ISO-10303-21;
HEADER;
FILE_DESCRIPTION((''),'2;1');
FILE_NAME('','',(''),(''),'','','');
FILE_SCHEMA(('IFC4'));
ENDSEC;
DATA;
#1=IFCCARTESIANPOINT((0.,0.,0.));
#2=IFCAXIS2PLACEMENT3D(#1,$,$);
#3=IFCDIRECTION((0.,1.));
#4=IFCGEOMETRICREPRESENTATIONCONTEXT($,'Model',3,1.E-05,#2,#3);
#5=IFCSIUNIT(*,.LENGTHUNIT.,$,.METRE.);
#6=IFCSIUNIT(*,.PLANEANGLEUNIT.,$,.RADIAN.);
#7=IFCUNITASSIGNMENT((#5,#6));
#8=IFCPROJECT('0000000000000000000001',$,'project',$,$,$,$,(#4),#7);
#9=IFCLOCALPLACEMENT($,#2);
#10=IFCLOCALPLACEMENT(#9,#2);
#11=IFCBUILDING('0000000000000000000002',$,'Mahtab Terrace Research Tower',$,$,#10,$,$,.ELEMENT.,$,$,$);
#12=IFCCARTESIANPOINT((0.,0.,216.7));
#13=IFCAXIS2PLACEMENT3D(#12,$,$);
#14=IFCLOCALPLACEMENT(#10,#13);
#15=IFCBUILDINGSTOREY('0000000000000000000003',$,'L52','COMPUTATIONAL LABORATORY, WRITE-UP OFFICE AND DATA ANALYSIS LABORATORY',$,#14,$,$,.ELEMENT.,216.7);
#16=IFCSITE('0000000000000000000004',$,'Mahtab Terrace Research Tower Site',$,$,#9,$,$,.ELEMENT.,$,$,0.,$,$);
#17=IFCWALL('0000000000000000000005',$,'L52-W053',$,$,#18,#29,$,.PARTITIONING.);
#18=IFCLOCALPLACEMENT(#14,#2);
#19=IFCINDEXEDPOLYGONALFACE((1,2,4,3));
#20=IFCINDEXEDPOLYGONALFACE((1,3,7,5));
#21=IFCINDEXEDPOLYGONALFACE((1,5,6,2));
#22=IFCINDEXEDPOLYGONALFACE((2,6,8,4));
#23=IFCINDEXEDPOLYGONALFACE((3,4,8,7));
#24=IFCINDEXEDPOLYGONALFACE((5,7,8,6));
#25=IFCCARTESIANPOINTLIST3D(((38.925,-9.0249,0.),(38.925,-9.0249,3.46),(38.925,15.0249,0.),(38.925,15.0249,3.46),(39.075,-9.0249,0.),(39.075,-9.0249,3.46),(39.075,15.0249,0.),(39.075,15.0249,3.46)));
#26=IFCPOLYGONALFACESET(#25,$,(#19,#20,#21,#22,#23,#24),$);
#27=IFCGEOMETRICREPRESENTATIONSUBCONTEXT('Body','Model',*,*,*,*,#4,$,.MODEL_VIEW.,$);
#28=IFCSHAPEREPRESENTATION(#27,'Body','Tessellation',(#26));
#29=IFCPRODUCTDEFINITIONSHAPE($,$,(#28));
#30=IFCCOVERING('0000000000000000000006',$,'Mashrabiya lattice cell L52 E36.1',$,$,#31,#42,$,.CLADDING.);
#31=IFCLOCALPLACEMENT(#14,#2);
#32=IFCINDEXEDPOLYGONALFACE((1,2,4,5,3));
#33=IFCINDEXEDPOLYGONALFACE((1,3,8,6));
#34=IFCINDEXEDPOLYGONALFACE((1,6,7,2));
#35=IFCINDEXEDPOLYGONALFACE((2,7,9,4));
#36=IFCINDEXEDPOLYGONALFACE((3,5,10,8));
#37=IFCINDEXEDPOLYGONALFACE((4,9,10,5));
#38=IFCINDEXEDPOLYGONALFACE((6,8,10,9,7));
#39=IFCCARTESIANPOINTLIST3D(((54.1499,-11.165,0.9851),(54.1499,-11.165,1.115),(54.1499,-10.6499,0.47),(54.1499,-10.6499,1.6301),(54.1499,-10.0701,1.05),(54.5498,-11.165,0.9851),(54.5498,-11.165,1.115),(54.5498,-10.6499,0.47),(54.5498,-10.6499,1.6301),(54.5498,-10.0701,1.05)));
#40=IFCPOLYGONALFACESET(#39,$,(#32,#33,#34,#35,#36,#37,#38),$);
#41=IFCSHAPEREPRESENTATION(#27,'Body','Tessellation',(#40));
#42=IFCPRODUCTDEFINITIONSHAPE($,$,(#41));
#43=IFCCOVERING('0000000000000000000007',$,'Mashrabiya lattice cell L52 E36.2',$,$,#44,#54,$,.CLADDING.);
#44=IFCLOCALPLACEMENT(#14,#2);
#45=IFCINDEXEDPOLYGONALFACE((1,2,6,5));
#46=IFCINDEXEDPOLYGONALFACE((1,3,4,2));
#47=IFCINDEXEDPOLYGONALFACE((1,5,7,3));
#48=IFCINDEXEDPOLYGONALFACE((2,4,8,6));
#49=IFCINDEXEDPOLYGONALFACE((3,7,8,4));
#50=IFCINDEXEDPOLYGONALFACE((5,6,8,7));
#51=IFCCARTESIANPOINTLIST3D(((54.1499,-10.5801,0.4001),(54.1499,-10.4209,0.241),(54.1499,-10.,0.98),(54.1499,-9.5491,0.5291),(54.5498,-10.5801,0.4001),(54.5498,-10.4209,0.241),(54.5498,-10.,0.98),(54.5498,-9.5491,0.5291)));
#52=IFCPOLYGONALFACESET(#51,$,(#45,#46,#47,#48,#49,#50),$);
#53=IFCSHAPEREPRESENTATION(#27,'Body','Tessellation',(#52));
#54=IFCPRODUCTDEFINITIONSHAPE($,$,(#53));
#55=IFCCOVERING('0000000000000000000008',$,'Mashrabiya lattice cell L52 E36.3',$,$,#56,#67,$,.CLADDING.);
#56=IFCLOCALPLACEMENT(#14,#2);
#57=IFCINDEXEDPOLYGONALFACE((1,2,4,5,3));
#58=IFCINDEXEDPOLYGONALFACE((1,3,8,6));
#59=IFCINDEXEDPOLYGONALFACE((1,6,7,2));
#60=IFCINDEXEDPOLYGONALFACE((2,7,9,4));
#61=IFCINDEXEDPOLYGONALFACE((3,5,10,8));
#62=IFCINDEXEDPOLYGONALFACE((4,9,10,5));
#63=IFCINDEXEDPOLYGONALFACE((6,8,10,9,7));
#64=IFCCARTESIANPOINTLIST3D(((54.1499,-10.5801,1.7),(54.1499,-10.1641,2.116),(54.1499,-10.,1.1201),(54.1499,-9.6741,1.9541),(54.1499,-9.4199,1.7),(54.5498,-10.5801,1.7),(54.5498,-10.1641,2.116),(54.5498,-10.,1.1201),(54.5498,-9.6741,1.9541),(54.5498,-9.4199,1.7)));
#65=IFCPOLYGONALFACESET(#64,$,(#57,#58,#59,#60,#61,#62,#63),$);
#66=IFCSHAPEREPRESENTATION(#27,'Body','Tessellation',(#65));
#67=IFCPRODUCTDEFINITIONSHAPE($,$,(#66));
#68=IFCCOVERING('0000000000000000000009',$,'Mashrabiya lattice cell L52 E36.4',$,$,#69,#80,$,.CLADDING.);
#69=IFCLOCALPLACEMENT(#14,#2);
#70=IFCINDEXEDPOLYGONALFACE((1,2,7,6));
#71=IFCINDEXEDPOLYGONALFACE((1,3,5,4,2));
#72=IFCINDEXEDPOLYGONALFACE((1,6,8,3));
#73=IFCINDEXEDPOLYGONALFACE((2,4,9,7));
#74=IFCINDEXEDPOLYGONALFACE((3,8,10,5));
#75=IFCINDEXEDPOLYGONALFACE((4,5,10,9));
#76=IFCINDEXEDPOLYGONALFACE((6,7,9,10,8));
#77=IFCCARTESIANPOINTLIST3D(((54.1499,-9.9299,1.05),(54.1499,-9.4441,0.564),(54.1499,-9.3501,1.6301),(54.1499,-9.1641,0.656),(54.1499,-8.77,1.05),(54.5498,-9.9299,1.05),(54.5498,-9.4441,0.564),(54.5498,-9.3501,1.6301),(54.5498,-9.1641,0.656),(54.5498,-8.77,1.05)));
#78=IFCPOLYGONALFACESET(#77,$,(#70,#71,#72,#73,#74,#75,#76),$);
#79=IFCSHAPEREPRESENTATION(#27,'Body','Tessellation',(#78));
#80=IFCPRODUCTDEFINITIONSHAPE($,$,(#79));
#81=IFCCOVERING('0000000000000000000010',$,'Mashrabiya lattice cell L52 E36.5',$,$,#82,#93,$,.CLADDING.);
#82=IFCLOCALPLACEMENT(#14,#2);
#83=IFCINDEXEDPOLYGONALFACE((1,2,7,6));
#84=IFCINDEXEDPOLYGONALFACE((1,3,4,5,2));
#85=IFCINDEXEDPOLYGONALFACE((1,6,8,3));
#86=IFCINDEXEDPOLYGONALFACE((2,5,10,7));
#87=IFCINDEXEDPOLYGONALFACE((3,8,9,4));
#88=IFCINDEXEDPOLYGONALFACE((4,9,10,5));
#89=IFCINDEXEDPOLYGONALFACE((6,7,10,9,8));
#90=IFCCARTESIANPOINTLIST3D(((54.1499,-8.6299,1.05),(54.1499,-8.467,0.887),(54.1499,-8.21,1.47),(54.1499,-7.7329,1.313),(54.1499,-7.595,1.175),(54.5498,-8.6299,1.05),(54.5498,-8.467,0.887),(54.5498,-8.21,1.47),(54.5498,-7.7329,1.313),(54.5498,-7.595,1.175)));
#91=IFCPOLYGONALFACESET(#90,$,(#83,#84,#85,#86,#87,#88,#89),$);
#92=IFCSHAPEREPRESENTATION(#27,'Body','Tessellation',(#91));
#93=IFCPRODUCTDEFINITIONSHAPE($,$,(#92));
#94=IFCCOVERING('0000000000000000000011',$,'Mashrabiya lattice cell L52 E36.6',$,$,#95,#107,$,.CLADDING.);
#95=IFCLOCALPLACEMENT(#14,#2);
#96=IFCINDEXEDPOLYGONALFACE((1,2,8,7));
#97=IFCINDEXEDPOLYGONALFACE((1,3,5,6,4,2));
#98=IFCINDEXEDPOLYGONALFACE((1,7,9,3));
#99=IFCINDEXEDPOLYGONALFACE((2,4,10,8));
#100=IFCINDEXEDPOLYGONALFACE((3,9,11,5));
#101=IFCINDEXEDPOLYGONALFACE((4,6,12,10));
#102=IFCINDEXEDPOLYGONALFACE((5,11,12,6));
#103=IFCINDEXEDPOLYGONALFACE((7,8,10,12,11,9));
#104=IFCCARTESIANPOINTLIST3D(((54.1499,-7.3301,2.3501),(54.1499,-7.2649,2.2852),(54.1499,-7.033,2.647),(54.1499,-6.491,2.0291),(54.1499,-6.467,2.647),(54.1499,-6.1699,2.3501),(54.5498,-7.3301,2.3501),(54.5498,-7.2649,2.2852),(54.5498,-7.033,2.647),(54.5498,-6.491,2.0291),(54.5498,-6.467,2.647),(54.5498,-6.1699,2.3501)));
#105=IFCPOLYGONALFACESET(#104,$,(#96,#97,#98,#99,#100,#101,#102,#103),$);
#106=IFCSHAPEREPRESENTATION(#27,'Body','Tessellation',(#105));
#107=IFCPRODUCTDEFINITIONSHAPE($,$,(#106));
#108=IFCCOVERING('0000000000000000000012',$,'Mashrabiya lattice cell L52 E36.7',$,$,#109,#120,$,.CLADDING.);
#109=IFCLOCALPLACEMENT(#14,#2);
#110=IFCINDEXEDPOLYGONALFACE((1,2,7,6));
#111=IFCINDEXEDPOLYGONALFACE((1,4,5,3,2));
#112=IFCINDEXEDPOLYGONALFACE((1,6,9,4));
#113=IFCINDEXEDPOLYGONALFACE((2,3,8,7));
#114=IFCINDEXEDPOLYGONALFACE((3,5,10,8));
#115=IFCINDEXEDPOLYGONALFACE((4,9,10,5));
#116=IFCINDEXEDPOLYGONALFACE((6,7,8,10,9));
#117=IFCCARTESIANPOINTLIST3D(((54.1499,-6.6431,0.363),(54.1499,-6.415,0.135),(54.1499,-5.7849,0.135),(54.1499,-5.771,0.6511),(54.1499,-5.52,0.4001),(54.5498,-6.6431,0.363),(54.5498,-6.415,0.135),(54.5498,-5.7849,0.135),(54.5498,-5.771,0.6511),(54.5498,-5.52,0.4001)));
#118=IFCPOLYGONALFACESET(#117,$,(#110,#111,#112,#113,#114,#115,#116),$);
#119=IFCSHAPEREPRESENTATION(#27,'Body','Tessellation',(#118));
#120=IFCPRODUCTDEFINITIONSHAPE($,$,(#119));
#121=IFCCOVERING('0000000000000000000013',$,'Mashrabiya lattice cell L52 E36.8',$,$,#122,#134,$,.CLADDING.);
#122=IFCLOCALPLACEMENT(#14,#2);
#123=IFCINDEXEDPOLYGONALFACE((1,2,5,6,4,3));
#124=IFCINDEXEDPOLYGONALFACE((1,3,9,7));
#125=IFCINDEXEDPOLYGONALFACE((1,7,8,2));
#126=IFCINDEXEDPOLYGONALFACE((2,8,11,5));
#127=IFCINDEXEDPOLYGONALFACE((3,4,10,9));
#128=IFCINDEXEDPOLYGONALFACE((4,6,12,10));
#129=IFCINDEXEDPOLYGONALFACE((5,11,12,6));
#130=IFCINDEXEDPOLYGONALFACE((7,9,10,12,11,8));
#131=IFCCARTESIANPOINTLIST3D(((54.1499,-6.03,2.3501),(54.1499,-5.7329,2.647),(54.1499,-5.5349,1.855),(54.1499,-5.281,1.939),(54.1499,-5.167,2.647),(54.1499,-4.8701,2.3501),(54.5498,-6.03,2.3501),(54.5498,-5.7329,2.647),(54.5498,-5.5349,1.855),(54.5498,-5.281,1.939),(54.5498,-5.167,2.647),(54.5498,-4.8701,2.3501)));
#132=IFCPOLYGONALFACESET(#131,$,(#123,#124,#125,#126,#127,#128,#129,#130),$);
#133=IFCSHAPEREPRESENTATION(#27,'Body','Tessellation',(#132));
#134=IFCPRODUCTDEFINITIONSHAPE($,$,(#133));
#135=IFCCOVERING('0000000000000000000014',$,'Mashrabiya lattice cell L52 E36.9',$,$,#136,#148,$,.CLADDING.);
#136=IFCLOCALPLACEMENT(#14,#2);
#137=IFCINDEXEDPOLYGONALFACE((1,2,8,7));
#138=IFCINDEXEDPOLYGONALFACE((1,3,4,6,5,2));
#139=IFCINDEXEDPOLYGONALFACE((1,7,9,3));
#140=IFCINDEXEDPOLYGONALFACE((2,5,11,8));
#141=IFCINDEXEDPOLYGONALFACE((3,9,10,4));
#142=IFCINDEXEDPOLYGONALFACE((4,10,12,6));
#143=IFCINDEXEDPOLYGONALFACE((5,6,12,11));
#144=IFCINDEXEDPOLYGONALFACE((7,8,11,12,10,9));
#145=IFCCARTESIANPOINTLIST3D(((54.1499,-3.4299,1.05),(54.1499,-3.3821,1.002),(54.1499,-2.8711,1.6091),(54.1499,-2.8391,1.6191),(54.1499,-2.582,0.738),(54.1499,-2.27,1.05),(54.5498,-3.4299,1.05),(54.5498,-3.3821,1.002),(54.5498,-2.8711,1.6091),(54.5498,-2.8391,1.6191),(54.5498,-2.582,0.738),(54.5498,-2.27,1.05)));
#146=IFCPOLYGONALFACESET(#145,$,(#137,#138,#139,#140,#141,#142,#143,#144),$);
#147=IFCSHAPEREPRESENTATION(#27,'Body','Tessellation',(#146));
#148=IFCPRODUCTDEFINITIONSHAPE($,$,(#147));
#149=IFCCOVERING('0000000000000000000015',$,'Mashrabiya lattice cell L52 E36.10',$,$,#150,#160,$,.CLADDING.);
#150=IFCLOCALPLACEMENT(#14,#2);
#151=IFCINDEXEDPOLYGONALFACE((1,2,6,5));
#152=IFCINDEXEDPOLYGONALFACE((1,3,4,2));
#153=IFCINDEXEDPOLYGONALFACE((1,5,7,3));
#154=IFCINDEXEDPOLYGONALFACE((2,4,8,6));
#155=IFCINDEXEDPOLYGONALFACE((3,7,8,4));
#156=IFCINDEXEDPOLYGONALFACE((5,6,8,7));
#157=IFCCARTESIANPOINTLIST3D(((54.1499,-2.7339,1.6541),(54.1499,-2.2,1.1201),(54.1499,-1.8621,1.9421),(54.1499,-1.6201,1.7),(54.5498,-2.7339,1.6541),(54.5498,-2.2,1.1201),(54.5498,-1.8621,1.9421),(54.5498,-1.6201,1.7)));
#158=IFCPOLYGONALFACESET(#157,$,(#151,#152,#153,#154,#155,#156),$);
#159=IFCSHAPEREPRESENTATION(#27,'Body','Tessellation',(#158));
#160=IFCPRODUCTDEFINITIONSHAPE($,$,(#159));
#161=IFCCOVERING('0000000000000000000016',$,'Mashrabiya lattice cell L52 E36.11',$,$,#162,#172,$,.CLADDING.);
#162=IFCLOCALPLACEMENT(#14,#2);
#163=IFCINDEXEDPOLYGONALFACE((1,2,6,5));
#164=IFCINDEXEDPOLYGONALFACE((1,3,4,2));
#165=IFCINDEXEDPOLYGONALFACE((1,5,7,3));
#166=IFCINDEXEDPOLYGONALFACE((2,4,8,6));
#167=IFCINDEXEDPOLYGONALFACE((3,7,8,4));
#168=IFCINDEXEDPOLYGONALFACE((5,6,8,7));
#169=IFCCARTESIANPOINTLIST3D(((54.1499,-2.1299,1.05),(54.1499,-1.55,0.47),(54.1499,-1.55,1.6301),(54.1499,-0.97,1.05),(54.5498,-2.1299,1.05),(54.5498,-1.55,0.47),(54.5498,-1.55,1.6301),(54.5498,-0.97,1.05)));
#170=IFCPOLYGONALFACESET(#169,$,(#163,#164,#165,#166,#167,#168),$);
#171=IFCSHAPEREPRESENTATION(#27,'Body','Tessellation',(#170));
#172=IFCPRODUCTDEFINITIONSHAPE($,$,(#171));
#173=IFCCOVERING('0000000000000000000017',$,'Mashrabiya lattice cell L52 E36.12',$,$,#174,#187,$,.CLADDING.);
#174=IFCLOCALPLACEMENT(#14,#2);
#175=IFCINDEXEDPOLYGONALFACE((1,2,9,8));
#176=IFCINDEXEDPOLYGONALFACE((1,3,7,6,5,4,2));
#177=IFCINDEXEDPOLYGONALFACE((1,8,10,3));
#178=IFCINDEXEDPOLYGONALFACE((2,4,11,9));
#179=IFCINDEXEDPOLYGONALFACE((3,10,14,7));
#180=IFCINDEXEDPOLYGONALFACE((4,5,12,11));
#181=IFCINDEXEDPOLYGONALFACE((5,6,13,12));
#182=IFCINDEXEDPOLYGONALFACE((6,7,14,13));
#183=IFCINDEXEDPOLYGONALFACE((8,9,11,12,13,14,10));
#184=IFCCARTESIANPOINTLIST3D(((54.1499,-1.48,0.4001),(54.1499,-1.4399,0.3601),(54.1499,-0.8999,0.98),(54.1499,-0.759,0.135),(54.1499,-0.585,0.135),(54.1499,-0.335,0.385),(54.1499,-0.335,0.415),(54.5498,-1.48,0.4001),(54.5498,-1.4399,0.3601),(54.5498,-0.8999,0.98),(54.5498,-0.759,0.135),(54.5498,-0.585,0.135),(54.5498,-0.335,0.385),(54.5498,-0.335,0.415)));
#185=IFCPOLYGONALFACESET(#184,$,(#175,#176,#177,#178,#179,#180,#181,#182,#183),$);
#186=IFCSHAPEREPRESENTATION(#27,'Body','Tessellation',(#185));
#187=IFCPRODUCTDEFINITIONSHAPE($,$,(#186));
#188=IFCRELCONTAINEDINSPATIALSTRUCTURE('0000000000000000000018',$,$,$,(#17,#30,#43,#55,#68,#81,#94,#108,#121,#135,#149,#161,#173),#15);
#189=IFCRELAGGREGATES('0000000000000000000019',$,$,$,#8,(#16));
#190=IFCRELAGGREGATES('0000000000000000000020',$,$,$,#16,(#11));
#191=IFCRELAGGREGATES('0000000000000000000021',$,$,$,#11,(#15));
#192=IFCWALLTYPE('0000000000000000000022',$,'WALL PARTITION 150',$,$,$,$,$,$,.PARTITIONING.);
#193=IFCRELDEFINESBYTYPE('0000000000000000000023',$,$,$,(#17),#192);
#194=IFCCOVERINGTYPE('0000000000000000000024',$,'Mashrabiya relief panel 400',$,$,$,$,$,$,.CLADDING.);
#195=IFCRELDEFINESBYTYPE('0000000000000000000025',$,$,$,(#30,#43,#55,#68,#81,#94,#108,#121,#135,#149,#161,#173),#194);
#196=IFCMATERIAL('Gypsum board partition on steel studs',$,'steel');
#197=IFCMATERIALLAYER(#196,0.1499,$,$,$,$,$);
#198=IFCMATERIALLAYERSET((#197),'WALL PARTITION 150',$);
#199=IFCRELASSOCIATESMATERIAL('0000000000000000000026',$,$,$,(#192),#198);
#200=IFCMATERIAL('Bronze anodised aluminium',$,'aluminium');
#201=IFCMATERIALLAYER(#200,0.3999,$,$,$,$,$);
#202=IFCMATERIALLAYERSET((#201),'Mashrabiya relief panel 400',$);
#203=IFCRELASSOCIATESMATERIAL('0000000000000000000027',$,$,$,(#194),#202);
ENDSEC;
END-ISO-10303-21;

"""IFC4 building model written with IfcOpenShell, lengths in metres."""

from ifc_helpers import new_model, si_unit, direction, frame, frame_2d, origin, place, context, subcontext, project, spatial, polyline, rectangle, outline, extrude, material, layer, layer_set, type_object, element, save


model = new_model("IFC4")

# Units and contexts
model_context = context("Model", 3, precision=1e-05, world=origin(), true_north=direction((0.0, 1.0)))
body_context = subcontext(model_context, "Body", "Model", "MODEL_VIEW")
ifc_project = project(units=[si_unit("LENGTHUNIT", "METRE"), si_unit("PLANEANGLEUNIT", "RADIAN")], contexts=[model_context])

# Site, building, storey
site_placement = place(None, origin())
site = spatial("IfcSite", under=ifc_project, at=site_placement, Name="Mahtab Terrace Research Tower Site", CompositionType="ELEMENT", RefElevation=0.0)
building_placement = place(site_placement, origin())
building = spatial("IfcBuilding", under=site, at=building_placement, Name="Mahtab Terrace Research Tower", CompositionType="ELEMENT")
storey_placement = place(building_placement, frame((0.0, 0.0, 216.7)))
storey = spatial("IfcBuildingStorey", under=building, at=storey_placement, Name="L52", Description="COMPUTATIONAL LABORATORY, WRITE-UP OFFICE AND DATA ANALYSIS LABORATORY", CompositionType="ELEMENT", Elevation=216.7)

# Wall
ifc_material_1 = material(Name="Gypsum board partition on steel studs", Category="steel")
ifc_layer_1 = layer(ifc_material_1, 0.1499)
ifc_layer_set_1 = layer_set([ifc_layer_1], Name="WALL PARTITION 150")
wall_type_1 = type_object("IfcWallType", Name="WALL PARTITION 150", PredefinedType="PARTITIONING", material=ifc_layer_set_1)
wall_1_placement = place(storey_placement, frame((39.0, -9.0249, 0.0), z_axis=(0.0, 0.0, 1.0), x_axis=(0.0, 1.0, 0.0)))
element("IfcWall", 1, at=wall_1_placement, inside=storey, type_object=wall_type_1, Name="L52-W053", PredefinedType="PARTITIONING", context=body_context, shape_type="SweptSolid", body=[
    extrude(rectangle(XDim=24.0498, YDim=0.1499, at=frame_2d((12.0249, 0.0))), origin(), (0.0, 0.0, 1.0), 3.46),
])

# Coverings
ifc_material_2 = material(Name="Bronze anodised aluminium", Category="aluminium")
ifc_layer_2 = layer(ifc_material_2, 0.3999)
ifc_layer_set_2 = layer_set([ifc_layer_2], Name="Mashrabiya relief panel 400")
covering_type = type_object("IfcCoveringType", Name="Mashrabiya relief panel 400", PredefinedType="CLADDING", material=ifc_layer_set_2)
covering_1_placement = place(storey_placement, frame((54.1499, -10.6499, 1.6301), z_axis=(-1.0, 0.0, 0.0), x_axis=(0.0, 0.706958, -0.707256)))
element("IfcCovering", 2, at=covering_1_placement, inside=storey, type_object=covering_type, Name="Mashrabiya lattice cell L52 E36.1", PredefinedType="CLADDING", context=body_context, shape_type="SweptSolid", body=[
    extrude(outline(polyline([(0.0, 0.0), (0.8202, 0.0), (0.8205, 0.8202), (0.092, 0.8203), (0.0002, 0.7285), (0.0, 0.0)])), origin(), (0.0, 0.0, -1.0), 0.3999),
])
covering_2_placement = place(storey_placement, frame((54.1499, -10.5801, 0.4001), z_axis=(-1.0, 0.0, 0.0), x_axis=(0.0, 0.707256, 0.706958)))
element("IfcCovering", 3, at=covering_2_placement, inside=storey, type_object=covering_type, Name="Mashrabiya lattice cell L52 E36.2", PredefinedType="CLADDING", context=body_context, shape_type="SweptSolid", body=[
    extrude(outline(polyline([(0.0, 0.0), (0.8202, 0.0), (0.8203, 0.6377), (0.0, 0.2251), (0.0, 0.0)])), origin(), (0.0, 0.0, -1.0), 0.3999),
])
covering_3_placement = place(storey_placement, frame((54.1499, -9.4199, 1.7), z_axis=(-1.0, 0.0, 0.0), x_axis=(0.0, -0.707256, -0.706958)))
element("IfcCovering", 4, at=covering_3_placement, inside=storey, type_object=covering_type, Name="Mashrabiya lattice cell L52 E36.3", PredefinedType="CLADDING", context=body_context, shape_type="SweptSolid", body=[
    extrude(outline(polyline([(0.0, 0.0), (0.8202, 0.0), (0.8205, 0.8202), (0.2322, 0.8203), (0.0001, 0.3594), (0.0, 0.0)])), origin(), (0.0, 0.0, -1.0), 0.3999),
])
covering_4_placement = place(storey_placement, frame((54.1499, -9.9299, 1.05), z_axis=(-1.0, 0.0, 0.0), x_axis=(0.0, 0.706958, 0.707256)))
element("IfcCovering", 5, at=covering_4_placement, inside=storey, type_object=covering_type, Name="Mashrabiya lattice cell L52 E36.4", PredefinedType="CLADDING", context=body_context, shape_type="SweptSolid", body=[
    extrude(outline(polyline([(0.0, 0.0), (0.8202, 0.0), (0.82, 0.8204), (0.2627, 0.8202), (-0.0003, 0.6873), (0.0, 0.0)])), origin(), (0.0, 0.0, -1.0), 0.3999),
])
covering_5_placement = place(storey_placement, frame((54.1499, -8.6299, 1.05), z_axis=(-1.0, 0.0, 0.0), x_axis=(0.0, 0.707107, 0.707107)))
element("IfcCovering", 6, at=covering_5_placement, inside=storey, type_object=covering_type, Name="Mashrabiya lattice cell L52 E36.5", PredefinedType="CLADDING", context=body_context, shape_type="SweptSolid", body=[
    extrude(outline(polyline([(0.0, 0.0), (0.5939, 0.0), (0.8202, 0.4483), (0.8202, 0.6434), (-0.0002, 0.2305), (0.0, 0.0)])), origin(), (0.0, 0.0, -1.0), 0.3999),
])
covering_6_placement = place(storey_placement, frame((54.1499, -7.3301, 2.3501), z_axis=(-1.0, 0.0, 0.0), x_axis=(0.0, 0.707397, 0.706816)))
element("IfcCovering", 7, at=covering_6_placement, inside=storey, type_object=covering_type, Name="Mashrabiya lattice cell L52 E36.6", PredefinedType="CLADDING", context=body_context, shape_type="SweptSolid", body=[
    extrude(outline(polyline([(0.0, 0.0), (0.42, 0.0), (0.8203, 0.4), (0.8207, 0.82), (0.3667, 0.8202), (0.0002, 0.092), (0.0, 0.0)])), origin(), (0.0, 0.0, -1.0), 0.3999),
])
covering_7_placement = place(storey_placement, frame((54.1499, -6.6431, 0.363), z_axis=(-1.0, 0.0, 0.0), x_axis=(0.0, 0.949531, 0.313675)))
element("IfcCovering", 8, at=covering_7_placement, inside=storey, type_object=covering_type, Name="Mashrabiya lattice cell L52 E36.7", PredefinedType="CLADDING", context=body_context, shape_type="SweptSolid", body=[
    extrude(outline(polyline([(0.0, 0.0), (0.9184, 0.0), (1.078, 0.317), (0.7433, 0.4857), (0.145, 0.288), (0.0, 0.0)])), origin(), (0.0, 0.0, -1.0), 0.3999),
])
covering_8_placement = place(storey_placement, frame((54.1499, -6.03, 2.3501), z_axis=(-1.0, 0.0, 0.0), x_axis=(0.0, 0.707397, 0.706816)))
element("IfcCovering", 9, at=covering_8_placement, inside=storey, type_object=covering_type, Name="Mashrabiya lattice cell L52 E36.8", PredefinedType="CLADDING", context=body_context, shape_type="SweptSolid", body=[
    extrude(outline(polyline([(0.0, 0.0), (0.42, 0.0), (0.8203, 0.4), (0.8205, 0.8198), (0.2393, 0.8203), (0.0003, 0.7002), (0.0, 0.0)])), origin(), (0.0, 0.0, -1.0), 0.3999),
])
covering_9_placement = place(storey_placement, frame((54.1499, -3.4299, 1.05), z_axis=(-1.0, 0.0, 0.0), x_axis=(0.0, 0.706952, 0.707261)))
element("IfcCovering", 10, at=covering_9_placement, inside=storey, type_object=covering_type, Name="Mashrabiya lattice cell L52 E36.9", PredefinedType="CLADDING", context=body_context, shape_type="SweptSolid", body=[
    extrude(outline(polyline([(0.0, 0.0), (0.7905, 0.0), (0.8202, 0.0155), (0.82, 0.8204), (0.3788, 0.8203), (-0.0002, 0.0678), (0.0, 0.0)])), origin(), (0.0, 0.0, -1.0), 0.3999),
])
covering_10_placement = place(storey_placement, frame((54.1499, -1.6201, 1.7), z_axis=(-1.0, 0.0, 0.0), x_axis=(0.0, -0.707107, -0.707107)))
element("IfcCovering", 11, at=covering_10_placement, inside=storey, type_object=covering_type, Name="Mashrabiya lattice cell L52 E36.10", PredefinedType="CLADDING", context=body_context, shape_type="SweptSolid", body=[
    extrude(outline(polyline([(0.0, 0.0), (0.82, 0.0), (0.82, 0.7551), (-0.0002, 0.3423), (0.0, 0.0)])), origin(), (0.0, 0.0, -1.0), 0.3999),
])
covering_11_placement = place(storey_placement, frame((54.1499, -1.55, 1.6301), z_axis=(-1.0, 0.0, 0.0), x_axis=(0.0, 0.707107, -0.707107)))
element("IfcCovering", 12, at=covering_11_placement, inside=storey, type_object=covering_type, Name="Mashrabiya lattice cell L52 E36.11", PredefinedType="CLADDING", context=body_context, shape_type="SweptSolid", body=[
    extrude(outline(polyline([(0.0, 0.0), (0.8204, 0.0), (0.8204, 0.8204), (0.0002, 0.8202), (0.0, 0.0)])), origin(), (0.0, 0.0, -1.0), 0.3999),
])
covering_12_placement = place(storey_placement, frame((54.1499, -1.48, 0.4001), z_axis=(-1.0, 0.0, 0.0), x_axis=(0.0, 0.707256, 0.706958)))
element("IfcCovering", 13, at=covering_12_placement, inside=storey, type_object=covering_type, Name="Mashrabiya lattice cell L52 E36.12", PredefinedType="CLADDING", context=body_context, shape_type="SweptSolid", body=[
    extrude(outline(polyline([(0.0, 0.0), (0.8202, 0.0), (0.8203, 0.7989), (0.7991, 0.8202), (0.4456, 0.8203), (0.3225, 0.6972), (0.0, 0.0566), (0.0, 0.0)])), origin(), (0.0, 0.0, -1.0), 0.3999),
])

save(model, "model.ifc")
